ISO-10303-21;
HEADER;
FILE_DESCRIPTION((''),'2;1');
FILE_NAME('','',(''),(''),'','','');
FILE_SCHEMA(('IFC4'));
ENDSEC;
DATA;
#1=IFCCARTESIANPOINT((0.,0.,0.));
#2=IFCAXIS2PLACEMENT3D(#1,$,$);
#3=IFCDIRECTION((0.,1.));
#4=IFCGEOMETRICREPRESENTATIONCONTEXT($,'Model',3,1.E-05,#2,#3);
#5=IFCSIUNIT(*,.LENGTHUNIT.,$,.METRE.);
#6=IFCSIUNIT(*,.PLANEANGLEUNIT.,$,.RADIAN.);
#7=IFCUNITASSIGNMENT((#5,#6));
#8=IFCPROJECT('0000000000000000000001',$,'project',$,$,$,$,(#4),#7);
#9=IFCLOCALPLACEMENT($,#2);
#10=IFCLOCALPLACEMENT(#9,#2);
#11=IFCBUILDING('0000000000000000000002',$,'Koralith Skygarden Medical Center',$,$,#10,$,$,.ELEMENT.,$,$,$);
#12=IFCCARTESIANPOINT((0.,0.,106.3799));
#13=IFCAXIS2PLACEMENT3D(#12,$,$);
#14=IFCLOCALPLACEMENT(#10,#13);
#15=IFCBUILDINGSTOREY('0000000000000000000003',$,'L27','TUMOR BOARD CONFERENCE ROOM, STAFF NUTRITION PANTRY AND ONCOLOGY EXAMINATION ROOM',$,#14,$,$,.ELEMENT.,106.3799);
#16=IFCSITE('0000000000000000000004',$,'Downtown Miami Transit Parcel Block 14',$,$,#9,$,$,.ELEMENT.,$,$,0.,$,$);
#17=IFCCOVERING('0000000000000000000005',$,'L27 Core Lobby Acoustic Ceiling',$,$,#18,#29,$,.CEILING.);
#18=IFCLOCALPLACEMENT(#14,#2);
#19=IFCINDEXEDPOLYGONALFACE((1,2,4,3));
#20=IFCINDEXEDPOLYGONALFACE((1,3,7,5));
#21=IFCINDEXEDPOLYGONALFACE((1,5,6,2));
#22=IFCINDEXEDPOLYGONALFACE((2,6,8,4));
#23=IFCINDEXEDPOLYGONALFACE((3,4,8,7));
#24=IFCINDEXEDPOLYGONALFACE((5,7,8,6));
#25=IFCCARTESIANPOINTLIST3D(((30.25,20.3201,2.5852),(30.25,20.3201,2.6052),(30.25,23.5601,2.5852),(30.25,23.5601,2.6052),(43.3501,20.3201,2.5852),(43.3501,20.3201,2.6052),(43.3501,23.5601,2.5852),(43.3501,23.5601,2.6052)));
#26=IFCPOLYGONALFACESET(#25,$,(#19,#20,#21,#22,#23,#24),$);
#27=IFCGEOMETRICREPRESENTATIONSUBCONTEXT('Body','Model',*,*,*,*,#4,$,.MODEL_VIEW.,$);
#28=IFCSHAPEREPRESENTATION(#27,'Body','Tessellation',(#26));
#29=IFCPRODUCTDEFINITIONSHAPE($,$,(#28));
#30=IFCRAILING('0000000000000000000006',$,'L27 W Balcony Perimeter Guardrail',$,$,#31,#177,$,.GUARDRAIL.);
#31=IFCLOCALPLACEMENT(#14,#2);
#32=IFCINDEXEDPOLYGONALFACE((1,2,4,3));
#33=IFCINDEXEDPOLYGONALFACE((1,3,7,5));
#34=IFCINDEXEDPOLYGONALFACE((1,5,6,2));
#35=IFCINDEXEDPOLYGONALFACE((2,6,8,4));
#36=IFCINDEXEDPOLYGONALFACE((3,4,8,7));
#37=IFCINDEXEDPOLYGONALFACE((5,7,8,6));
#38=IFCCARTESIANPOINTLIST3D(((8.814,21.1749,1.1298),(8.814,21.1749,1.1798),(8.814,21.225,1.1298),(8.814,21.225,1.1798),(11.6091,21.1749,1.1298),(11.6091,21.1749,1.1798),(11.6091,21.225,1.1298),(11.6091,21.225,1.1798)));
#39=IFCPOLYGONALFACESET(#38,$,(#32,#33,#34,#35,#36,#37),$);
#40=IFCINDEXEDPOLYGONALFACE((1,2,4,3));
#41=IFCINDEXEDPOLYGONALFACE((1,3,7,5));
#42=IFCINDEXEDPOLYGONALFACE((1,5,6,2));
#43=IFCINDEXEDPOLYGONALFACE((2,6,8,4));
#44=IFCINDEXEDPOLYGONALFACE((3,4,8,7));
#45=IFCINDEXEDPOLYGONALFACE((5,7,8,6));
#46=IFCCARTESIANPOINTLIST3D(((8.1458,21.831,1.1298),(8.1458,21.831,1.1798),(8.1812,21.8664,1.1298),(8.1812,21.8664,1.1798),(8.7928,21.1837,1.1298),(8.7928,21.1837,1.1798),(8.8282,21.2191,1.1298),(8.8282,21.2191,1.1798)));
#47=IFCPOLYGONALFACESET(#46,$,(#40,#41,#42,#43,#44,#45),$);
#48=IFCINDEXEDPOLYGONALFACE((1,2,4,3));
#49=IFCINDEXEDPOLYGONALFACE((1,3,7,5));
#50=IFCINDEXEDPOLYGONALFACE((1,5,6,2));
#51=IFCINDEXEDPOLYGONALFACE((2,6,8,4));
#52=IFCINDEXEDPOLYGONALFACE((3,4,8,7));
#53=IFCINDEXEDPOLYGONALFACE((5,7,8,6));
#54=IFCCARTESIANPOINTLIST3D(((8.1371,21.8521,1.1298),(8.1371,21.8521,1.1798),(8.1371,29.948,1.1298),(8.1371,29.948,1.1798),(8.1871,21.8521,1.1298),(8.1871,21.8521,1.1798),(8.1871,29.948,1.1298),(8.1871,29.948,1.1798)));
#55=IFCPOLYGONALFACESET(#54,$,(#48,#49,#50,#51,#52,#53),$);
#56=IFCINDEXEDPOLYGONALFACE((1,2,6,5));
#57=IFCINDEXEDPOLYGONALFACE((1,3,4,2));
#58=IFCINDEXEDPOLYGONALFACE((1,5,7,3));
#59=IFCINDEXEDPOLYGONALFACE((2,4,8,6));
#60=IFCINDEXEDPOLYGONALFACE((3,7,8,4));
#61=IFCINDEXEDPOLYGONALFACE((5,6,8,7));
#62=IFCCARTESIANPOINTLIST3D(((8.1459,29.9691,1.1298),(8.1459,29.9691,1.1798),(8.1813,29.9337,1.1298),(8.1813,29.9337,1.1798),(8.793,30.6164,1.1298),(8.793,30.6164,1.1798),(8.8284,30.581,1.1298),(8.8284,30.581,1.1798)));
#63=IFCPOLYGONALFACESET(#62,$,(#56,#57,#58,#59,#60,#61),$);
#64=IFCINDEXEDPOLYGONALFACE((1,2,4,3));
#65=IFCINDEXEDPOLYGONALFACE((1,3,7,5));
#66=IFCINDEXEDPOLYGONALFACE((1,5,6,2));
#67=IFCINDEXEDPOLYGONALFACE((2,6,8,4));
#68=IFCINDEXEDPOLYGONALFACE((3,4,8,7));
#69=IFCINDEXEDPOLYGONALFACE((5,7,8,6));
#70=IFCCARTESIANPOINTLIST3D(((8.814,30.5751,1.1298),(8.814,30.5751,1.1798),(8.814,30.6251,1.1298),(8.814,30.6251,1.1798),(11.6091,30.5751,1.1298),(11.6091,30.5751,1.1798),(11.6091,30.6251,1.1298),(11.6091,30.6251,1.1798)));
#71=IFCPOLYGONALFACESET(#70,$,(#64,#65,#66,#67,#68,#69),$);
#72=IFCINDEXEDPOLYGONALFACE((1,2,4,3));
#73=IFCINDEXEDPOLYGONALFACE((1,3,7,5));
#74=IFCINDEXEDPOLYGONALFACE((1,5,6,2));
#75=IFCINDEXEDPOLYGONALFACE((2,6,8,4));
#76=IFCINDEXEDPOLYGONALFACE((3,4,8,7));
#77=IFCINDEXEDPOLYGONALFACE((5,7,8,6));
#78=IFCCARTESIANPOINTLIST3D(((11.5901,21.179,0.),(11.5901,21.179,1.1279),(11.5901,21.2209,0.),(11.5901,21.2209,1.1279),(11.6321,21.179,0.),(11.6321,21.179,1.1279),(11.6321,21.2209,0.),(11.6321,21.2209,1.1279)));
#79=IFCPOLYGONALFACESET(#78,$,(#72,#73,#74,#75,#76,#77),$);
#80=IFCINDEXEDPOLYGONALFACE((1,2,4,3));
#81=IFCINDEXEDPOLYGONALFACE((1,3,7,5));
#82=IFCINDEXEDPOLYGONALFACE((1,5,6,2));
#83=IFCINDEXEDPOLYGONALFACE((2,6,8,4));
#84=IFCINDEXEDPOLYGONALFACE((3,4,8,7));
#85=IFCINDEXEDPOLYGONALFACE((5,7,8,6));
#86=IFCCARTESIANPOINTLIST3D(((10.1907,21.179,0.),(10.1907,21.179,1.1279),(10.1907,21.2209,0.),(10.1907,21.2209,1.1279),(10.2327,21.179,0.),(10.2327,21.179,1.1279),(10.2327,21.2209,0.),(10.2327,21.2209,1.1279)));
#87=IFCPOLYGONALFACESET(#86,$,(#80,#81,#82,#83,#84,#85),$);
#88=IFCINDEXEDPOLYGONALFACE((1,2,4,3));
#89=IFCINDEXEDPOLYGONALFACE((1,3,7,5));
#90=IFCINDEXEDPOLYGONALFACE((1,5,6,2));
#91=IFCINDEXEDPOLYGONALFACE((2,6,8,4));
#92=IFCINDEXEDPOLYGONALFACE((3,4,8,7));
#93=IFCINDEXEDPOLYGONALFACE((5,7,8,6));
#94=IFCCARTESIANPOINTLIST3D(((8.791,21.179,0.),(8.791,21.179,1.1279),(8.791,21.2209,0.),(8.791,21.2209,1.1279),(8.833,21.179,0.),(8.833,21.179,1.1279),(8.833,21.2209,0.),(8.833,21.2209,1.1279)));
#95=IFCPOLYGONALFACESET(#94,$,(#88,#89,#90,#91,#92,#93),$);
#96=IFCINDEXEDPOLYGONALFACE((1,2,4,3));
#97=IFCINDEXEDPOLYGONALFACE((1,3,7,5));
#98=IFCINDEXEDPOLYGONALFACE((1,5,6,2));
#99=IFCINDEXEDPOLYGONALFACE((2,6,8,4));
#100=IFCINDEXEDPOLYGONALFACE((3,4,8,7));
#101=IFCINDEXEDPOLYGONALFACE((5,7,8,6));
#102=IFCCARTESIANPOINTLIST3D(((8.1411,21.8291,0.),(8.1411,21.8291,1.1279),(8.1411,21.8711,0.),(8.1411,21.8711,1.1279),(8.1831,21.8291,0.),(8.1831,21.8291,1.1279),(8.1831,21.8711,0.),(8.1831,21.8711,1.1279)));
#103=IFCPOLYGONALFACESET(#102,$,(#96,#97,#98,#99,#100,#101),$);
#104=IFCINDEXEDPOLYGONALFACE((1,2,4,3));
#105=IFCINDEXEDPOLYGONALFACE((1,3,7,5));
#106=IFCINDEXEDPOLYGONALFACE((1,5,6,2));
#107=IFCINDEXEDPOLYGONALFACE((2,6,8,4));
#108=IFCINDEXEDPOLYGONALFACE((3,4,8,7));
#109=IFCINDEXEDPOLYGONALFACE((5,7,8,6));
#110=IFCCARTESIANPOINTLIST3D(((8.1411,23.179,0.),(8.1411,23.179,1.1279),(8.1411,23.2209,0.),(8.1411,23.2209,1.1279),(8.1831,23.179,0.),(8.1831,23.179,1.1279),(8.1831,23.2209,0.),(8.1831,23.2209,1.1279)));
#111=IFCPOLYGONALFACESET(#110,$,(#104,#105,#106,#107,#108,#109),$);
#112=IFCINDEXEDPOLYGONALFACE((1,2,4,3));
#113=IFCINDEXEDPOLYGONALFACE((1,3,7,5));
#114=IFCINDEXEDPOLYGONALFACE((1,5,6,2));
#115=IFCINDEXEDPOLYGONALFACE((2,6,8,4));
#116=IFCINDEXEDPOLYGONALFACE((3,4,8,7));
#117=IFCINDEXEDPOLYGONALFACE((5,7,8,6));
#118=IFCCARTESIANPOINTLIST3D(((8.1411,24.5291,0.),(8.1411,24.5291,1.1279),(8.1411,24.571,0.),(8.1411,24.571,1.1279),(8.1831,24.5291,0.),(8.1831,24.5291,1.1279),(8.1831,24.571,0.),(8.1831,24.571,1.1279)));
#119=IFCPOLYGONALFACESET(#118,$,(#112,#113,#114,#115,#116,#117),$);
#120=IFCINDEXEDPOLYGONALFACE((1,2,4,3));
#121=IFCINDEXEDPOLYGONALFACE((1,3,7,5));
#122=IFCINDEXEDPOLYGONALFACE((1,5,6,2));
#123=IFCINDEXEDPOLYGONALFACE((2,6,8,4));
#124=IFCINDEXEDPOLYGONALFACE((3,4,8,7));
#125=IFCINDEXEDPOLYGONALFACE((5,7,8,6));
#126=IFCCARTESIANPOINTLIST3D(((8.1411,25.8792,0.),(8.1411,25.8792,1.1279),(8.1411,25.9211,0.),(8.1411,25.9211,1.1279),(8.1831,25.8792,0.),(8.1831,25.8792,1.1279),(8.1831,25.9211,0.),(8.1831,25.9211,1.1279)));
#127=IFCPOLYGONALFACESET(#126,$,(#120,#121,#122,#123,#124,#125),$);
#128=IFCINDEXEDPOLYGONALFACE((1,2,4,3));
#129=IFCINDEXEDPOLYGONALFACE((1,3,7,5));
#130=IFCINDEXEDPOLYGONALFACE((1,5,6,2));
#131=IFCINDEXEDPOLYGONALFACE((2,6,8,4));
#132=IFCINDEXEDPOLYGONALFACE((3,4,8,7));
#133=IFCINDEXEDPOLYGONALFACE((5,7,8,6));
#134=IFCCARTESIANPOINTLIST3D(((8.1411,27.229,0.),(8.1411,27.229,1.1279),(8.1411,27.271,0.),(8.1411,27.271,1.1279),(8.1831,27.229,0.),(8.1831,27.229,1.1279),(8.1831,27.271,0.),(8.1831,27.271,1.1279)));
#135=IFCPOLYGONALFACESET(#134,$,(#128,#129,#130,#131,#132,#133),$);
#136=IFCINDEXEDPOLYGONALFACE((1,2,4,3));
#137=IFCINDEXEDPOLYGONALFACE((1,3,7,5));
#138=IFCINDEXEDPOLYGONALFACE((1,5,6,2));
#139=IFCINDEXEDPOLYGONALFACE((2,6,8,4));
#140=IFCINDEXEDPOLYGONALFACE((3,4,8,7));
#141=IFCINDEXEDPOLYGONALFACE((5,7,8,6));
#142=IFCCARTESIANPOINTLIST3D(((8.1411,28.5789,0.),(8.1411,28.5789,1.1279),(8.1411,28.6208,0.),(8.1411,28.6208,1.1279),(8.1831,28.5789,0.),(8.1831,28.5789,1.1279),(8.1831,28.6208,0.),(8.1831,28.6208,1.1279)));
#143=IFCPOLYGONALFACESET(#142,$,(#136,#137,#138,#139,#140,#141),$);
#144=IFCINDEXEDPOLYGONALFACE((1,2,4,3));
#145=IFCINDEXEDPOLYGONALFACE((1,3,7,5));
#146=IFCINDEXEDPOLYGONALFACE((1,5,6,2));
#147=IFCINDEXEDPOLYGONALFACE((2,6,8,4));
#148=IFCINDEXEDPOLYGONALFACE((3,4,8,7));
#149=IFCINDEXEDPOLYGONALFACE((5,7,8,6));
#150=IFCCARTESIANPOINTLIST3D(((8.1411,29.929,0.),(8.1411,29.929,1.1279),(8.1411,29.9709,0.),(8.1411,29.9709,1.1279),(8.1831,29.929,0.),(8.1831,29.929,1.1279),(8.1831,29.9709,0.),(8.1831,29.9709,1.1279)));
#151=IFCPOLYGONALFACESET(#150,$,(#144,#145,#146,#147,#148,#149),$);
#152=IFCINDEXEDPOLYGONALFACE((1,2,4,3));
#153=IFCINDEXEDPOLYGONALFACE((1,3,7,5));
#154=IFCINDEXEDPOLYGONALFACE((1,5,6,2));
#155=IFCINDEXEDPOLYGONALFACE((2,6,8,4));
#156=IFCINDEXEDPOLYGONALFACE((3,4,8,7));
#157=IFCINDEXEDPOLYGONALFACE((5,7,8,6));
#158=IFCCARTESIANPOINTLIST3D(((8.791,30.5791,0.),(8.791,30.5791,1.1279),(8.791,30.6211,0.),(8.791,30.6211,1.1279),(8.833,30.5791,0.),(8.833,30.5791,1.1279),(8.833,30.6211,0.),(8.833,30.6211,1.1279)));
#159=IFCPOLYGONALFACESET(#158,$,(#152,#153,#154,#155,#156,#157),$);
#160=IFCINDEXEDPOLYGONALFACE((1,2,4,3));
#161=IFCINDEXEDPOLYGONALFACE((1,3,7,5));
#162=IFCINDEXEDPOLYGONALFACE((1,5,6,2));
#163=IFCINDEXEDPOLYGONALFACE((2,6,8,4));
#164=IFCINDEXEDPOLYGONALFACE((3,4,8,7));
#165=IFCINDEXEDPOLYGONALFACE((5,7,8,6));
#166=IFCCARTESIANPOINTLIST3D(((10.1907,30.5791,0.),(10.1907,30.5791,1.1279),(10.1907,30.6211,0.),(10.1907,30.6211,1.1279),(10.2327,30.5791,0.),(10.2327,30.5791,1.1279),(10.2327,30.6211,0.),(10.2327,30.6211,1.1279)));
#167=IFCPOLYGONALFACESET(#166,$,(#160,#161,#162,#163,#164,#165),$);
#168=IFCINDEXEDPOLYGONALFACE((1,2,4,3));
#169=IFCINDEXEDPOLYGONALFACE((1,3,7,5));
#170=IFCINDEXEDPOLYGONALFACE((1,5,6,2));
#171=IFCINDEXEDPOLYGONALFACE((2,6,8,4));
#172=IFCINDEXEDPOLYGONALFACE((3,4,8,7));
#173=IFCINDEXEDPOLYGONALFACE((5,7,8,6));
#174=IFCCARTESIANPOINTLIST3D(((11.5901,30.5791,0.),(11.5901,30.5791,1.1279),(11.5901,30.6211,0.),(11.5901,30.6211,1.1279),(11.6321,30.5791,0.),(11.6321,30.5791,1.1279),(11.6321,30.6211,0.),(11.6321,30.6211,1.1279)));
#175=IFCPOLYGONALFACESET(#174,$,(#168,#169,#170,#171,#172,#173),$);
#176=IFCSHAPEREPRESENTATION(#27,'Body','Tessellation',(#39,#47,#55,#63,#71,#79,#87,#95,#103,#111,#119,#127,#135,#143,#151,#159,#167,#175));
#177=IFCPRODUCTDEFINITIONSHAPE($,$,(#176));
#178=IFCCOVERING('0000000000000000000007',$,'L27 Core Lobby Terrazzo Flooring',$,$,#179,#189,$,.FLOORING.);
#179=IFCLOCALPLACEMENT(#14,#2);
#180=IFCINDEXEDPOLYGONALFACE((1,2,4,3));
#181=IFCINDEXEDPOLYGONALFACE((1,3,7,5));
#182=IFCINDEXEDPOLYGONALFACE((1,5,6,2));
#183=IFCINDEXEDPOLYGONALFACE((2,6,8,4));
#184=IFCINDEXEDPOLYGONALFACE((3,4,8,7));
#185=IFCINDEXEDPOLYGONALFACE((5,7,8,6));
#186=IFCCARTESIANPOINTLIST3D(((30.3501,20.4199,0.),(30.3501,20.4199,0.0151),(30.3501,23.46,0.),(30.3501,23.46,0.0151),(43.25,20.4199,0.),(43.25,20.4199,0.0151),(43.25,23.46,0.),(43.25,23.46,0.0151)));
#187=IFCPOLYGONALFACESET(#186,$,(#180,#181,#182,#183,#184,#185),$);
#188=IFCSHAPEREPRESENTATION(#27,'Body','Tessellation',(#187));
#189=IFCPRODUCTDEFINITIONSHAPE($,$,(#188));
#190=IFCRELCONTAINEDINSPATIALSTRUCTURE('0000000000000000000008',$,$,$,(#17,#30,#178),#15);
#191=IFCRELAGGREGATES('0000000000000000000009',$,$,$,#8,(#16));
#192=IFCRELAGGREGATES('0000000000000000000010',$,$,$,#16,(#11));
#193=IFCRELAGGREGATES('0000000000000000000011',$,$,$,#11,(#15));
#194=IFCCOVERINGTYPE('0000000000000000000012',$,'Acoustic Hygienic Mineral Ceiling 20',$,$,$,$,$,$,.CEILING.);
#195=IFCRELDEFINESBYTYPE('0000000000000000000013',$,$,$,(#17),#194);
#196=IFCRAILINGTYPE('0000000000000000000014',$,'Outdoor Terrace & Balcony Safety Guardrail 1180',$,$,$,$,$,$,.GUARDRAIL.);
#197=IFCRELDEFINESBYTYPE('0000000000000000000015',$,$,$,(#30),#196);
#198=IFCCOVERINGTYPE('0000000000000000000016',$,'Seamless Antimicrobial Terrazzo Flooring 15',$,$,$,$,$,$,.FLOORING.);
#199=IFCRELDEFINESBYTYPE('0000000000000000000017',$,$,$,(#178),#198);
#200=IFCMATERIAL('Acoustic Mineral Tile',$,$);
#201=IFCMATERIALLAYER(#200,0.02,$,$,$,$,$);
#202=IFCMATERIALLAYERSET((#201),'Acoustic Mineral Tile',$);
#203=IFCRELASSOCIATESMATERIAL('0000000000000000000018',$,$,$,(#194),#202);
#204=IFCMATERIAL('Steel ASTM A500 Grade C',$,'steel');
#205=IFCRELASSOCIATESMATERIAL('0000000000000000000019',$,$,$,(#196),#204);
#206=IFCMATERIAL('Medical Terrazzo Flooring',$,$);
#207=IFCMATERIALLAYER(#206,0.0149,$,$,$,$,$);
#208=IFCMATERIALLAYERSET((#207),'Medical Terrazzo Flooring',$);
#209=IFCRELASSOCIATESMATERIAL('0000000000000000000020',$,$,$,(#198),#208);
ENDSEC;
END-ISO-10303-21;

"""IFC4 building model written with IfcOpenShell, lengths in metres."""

from ifc_helpers import new_model, si_unit, direction, frame, origin, origin_2d, place, context, subcontext, project, spatial, polyline, rectangle, outline, extrude, material, layer, layer_set, type_object, element, save


model = new_model("IFC4")

# Units and contexts
model_context = context("Model", 3, precision=1e-05, world=origin(), true_north=direction((0.0, 1.0)))
body_context = subcontext(model_context, "Body", "Model", "MODEL_VIEW")
ifc_project = project(units=[si_unit("LENGTHUNIT", "METRE"), si_unit("PLANEANGLEUNIT", "RADIAN")], contexts=[model_context])

# Site, building, storey
site_placement = place(None, origin())
site = spatial("IfcSite", under=ifc_project, at=site_placement, Name="Downtown Miami Transit Parcel Block 14", CompositionType="ELEMENT", RefElevation=0.0)
building_placement = place(site_placement, origin())
building = spatial("IfcBuilding", under=site, at=building_placement, Name="Koralith Skygarden Medical Center", CompositionType="ELEMENT")
storey_placement = place(building_placement, frame((0.0, 0.0, 106.3799)))
storey = spatial("IfcBuildingStorey", under=building, at=storey_placement, Name="L27", Description="TUMOR BOARD CONFERENCE ROOM, STAFF NUTRITION PANTRY AND ONCOLOGY EXAMINATION ROOM", CompositionType="ELEMENT", Elevation=106.3799)

# Covering
ifc_material_1 = material(Name="Acoustic Mineral Tile")
ifc_layer_1 = layer(ifc_material_1, 0.02)
ifc_layer_set_1 = layer_set([ifc_layer_1], Name="Acoustic Mineral Tile")
covering_type_1 = type_object("IfcCoveringType", Name="Acoustic Hygienic Mineral Ceiling 20", PredefinedType="CEILING", material=ifc_layer_set_1)
covering_1_placement = place(storey_placement, frame((0.0, 0.0, 2.5852)))
element("IfcCovering", 1, at=covering_1_placement, inside=storey, type_object=covering_type_1, Name="L27 Core Lobby Acoustic Ceiling", PredefinedType="CEILING", context=body_context, shape_type="SweptSolid", body=[
    extrude(outline(polyline([(30.25, 20.3201), (43.3501, 20.3201), (43.3501, 23.5601), (30.25, 23.5601), (30.25, 20.3201)])), origin(), (0.0, 0.0, 1.0), 0.02),
])

# Railing
ifc_material_2 = material(Name="Steel ASTM A500 Grade C", Category="steel")
railing_type = type_object("IfcRailingType", Name="Outdoor Terrace & Balcony Safety Guardrail 1180", PredefinedType="GUARDRAIL", material=ifc_material_2)
railing_placement = place(storey_placement, frame((11.6111, 21.2, 0.0)))
element("IfcRailing", 2, at=railing_placement, inside=storey, type_object=railing_type, Name="L27 W Balcony Perimeter Guardrail", PredefinedType="GUARDRAIL", context=body_context, shape_type="SweptSolid", body=[
    extrude(rectangle(XDim=0.05, YDim=0.05, at=origin_2d()), frame((-0.002, 0.0, 1.1548), z_axis=(-1.0, 0.0, 0.0), x_axis=(0.0, -1.0, 0.0)), (0.0, 0.0, 1.0), 2.7952),
    extrude(rectangle(XDim=0.05, YDim=0.05, at=origin_2d()), frame((-2.8005, 0.0015, 1.1548), z_axis=(-0.706974, 0.70724, 0.0), x_axis=(-0.70724, -0.706974, 0.0)), (0.0, 0.0, 1.0), 0.9153),
    extrude(rectangle(XDim=0.05, YDim=0.05, at=origin_2d()), frame((-3.449, 0.6521, 1.1548), z_axis=(0.0, 1.0, 0.0), x_axis=(-1.0, 0.0, 0.0)), (0.0, 0.0, 1.0), 8.0959),
    extrude(rectangle(XDim=0.05, YDim=0.05, at=origin_2d()), frame((-3.4475, 8.7515, 1.1548), z_axis=(0.706974, 0.70724, 0.0), x_axis=(-0.70724, 0.706974, 0.0)), (0.0, 0.0, 1.0), 0.9153),
    extrude(rectangle(XDim=0.05, YDim=0.05, at=origin_2d()), frame((-2.7971, 9.4001, 1.1548), z_axis=(1.0, 0.0, 0.0), x_axis=(0.0, 1.0, 0.0)), (0.0, 0.0, 1.0), 2.7952),
    extrude(rectangle(XDim=0.042, YDim=0.042, at=origin_2d()), origin(), (0.0, 0.0, 1.0), 1.1279),
    extrude(rectangle(XDim=0.042, YDim=0.042, at=origin_2d()), frame((-1.3994, 0.0, 0.0)), (0.0, 0.0, 1.0), 1.1279),
    extrude(rectangle(XDim=0.042, YDim=0.042, at=origin_2d()), frame((-2.7991, 0.0, 0.0)), (0.0, 0.0, 1.0), 1.1279),
    extrude(rectangle(XDim=0.042, YDim=0.042, at=origin_2d()), frame((-3.449, 0.6501, 0.0)), (0.0, 0.0, 1.0), 1.1279),
    extrude(rectangle(XDim=0.042, YDim=0.042, at=origin_2d()), frame((-3.449, 2.0, 0.0)), (0.0, 0.0, 1.0), 1.1279),
    extrude(rectangle(XDim=0.042, YDim=0.042, at=origin_2d()), frame((-3.449, 3.3501, 0.0)), (0.0, 0.0, 1.0), 1.1279),
    extrude(rectangle(XDim=0.042, YDim=0.042, at=origin_2d()), frame((-3.449, 4.7002, 0.0)), (0.0, 0.0, 1.0), 1.1279),
    extrude(rectangle(XDim=0.042, YDim=0.042, at=origin_2d()), frame((-3.449, 6.05, 0.0)), (0.0, 0.0, 1.0), 1.1279),
    extrude(rectangle(XDim=0.042, YDim=0.042, at=origin_2d()), frame((-3.449, 7.3999, 0.0)), (0.0, 0.0, 1.0), 1.1279),
    extrude(rectangle(XDim=0.042, YDim=0.042, at=origin_2d()), frame((-3.449, 8.75, 0.0)), (0.0, 0.0, 1.0), 1.1279),
    extrude(rectangle(XDim=0.042, YDim=0.042, at=origin_2d()), frame((-2.7991, 9.4001, 0.0)), (0.0, 0.0, 1.0), 1.1279),
    extrude(rectangle(XDim=0.042, YDim=0.042, at=origin_2d()), frame((-1.3994, 9.4001, 0.0)), (0.0, 0.0, 1.0), 1.1279),
    extrude(rectangle(XDim=0.042, YDim=0.042, at=origin_2d()), frame((0.0, 9.4001, 0.0)), (0.0, 0.0, 1.0), 1.1279),
])

# Covering
ifc_material_3 = material(Name="Medical Terrazzo Flooring")
ifc_layer_2 = layer(ifc_material_3, 0.0149)
ifc_layer_set_2 = layer_set([ifc_layer_2], Name="Medical Terrazzo Flooring")
covering_type_2 = type_object("IfcCoveringType", Name="Seamless Antimicrobial Terrazzo Flooring 15", PredefinedType="FLOORING", material=ifc_layer_set_2)
covering_2_placement = place(storey_placement, origin())
element("IfcCovering", 3, at=covering_2_placement, inside=storey, type_object=covering_type_2, Name="L27 Core Lobby Terrazzo Flooring", PredefinedType="FLOORING", context=body_context, shape_type="SweptSolid", body=[
    extrude(outline(polyline([(30.3501, 20.4199), (43.25, 20.4199), (43.25, 23.46), (30.3501, 23.46), (30.3501, 20.4199)])), origin(), (0.0, 0.0, 1.0), 0.0151),
])

save(model, "model.ifc")
